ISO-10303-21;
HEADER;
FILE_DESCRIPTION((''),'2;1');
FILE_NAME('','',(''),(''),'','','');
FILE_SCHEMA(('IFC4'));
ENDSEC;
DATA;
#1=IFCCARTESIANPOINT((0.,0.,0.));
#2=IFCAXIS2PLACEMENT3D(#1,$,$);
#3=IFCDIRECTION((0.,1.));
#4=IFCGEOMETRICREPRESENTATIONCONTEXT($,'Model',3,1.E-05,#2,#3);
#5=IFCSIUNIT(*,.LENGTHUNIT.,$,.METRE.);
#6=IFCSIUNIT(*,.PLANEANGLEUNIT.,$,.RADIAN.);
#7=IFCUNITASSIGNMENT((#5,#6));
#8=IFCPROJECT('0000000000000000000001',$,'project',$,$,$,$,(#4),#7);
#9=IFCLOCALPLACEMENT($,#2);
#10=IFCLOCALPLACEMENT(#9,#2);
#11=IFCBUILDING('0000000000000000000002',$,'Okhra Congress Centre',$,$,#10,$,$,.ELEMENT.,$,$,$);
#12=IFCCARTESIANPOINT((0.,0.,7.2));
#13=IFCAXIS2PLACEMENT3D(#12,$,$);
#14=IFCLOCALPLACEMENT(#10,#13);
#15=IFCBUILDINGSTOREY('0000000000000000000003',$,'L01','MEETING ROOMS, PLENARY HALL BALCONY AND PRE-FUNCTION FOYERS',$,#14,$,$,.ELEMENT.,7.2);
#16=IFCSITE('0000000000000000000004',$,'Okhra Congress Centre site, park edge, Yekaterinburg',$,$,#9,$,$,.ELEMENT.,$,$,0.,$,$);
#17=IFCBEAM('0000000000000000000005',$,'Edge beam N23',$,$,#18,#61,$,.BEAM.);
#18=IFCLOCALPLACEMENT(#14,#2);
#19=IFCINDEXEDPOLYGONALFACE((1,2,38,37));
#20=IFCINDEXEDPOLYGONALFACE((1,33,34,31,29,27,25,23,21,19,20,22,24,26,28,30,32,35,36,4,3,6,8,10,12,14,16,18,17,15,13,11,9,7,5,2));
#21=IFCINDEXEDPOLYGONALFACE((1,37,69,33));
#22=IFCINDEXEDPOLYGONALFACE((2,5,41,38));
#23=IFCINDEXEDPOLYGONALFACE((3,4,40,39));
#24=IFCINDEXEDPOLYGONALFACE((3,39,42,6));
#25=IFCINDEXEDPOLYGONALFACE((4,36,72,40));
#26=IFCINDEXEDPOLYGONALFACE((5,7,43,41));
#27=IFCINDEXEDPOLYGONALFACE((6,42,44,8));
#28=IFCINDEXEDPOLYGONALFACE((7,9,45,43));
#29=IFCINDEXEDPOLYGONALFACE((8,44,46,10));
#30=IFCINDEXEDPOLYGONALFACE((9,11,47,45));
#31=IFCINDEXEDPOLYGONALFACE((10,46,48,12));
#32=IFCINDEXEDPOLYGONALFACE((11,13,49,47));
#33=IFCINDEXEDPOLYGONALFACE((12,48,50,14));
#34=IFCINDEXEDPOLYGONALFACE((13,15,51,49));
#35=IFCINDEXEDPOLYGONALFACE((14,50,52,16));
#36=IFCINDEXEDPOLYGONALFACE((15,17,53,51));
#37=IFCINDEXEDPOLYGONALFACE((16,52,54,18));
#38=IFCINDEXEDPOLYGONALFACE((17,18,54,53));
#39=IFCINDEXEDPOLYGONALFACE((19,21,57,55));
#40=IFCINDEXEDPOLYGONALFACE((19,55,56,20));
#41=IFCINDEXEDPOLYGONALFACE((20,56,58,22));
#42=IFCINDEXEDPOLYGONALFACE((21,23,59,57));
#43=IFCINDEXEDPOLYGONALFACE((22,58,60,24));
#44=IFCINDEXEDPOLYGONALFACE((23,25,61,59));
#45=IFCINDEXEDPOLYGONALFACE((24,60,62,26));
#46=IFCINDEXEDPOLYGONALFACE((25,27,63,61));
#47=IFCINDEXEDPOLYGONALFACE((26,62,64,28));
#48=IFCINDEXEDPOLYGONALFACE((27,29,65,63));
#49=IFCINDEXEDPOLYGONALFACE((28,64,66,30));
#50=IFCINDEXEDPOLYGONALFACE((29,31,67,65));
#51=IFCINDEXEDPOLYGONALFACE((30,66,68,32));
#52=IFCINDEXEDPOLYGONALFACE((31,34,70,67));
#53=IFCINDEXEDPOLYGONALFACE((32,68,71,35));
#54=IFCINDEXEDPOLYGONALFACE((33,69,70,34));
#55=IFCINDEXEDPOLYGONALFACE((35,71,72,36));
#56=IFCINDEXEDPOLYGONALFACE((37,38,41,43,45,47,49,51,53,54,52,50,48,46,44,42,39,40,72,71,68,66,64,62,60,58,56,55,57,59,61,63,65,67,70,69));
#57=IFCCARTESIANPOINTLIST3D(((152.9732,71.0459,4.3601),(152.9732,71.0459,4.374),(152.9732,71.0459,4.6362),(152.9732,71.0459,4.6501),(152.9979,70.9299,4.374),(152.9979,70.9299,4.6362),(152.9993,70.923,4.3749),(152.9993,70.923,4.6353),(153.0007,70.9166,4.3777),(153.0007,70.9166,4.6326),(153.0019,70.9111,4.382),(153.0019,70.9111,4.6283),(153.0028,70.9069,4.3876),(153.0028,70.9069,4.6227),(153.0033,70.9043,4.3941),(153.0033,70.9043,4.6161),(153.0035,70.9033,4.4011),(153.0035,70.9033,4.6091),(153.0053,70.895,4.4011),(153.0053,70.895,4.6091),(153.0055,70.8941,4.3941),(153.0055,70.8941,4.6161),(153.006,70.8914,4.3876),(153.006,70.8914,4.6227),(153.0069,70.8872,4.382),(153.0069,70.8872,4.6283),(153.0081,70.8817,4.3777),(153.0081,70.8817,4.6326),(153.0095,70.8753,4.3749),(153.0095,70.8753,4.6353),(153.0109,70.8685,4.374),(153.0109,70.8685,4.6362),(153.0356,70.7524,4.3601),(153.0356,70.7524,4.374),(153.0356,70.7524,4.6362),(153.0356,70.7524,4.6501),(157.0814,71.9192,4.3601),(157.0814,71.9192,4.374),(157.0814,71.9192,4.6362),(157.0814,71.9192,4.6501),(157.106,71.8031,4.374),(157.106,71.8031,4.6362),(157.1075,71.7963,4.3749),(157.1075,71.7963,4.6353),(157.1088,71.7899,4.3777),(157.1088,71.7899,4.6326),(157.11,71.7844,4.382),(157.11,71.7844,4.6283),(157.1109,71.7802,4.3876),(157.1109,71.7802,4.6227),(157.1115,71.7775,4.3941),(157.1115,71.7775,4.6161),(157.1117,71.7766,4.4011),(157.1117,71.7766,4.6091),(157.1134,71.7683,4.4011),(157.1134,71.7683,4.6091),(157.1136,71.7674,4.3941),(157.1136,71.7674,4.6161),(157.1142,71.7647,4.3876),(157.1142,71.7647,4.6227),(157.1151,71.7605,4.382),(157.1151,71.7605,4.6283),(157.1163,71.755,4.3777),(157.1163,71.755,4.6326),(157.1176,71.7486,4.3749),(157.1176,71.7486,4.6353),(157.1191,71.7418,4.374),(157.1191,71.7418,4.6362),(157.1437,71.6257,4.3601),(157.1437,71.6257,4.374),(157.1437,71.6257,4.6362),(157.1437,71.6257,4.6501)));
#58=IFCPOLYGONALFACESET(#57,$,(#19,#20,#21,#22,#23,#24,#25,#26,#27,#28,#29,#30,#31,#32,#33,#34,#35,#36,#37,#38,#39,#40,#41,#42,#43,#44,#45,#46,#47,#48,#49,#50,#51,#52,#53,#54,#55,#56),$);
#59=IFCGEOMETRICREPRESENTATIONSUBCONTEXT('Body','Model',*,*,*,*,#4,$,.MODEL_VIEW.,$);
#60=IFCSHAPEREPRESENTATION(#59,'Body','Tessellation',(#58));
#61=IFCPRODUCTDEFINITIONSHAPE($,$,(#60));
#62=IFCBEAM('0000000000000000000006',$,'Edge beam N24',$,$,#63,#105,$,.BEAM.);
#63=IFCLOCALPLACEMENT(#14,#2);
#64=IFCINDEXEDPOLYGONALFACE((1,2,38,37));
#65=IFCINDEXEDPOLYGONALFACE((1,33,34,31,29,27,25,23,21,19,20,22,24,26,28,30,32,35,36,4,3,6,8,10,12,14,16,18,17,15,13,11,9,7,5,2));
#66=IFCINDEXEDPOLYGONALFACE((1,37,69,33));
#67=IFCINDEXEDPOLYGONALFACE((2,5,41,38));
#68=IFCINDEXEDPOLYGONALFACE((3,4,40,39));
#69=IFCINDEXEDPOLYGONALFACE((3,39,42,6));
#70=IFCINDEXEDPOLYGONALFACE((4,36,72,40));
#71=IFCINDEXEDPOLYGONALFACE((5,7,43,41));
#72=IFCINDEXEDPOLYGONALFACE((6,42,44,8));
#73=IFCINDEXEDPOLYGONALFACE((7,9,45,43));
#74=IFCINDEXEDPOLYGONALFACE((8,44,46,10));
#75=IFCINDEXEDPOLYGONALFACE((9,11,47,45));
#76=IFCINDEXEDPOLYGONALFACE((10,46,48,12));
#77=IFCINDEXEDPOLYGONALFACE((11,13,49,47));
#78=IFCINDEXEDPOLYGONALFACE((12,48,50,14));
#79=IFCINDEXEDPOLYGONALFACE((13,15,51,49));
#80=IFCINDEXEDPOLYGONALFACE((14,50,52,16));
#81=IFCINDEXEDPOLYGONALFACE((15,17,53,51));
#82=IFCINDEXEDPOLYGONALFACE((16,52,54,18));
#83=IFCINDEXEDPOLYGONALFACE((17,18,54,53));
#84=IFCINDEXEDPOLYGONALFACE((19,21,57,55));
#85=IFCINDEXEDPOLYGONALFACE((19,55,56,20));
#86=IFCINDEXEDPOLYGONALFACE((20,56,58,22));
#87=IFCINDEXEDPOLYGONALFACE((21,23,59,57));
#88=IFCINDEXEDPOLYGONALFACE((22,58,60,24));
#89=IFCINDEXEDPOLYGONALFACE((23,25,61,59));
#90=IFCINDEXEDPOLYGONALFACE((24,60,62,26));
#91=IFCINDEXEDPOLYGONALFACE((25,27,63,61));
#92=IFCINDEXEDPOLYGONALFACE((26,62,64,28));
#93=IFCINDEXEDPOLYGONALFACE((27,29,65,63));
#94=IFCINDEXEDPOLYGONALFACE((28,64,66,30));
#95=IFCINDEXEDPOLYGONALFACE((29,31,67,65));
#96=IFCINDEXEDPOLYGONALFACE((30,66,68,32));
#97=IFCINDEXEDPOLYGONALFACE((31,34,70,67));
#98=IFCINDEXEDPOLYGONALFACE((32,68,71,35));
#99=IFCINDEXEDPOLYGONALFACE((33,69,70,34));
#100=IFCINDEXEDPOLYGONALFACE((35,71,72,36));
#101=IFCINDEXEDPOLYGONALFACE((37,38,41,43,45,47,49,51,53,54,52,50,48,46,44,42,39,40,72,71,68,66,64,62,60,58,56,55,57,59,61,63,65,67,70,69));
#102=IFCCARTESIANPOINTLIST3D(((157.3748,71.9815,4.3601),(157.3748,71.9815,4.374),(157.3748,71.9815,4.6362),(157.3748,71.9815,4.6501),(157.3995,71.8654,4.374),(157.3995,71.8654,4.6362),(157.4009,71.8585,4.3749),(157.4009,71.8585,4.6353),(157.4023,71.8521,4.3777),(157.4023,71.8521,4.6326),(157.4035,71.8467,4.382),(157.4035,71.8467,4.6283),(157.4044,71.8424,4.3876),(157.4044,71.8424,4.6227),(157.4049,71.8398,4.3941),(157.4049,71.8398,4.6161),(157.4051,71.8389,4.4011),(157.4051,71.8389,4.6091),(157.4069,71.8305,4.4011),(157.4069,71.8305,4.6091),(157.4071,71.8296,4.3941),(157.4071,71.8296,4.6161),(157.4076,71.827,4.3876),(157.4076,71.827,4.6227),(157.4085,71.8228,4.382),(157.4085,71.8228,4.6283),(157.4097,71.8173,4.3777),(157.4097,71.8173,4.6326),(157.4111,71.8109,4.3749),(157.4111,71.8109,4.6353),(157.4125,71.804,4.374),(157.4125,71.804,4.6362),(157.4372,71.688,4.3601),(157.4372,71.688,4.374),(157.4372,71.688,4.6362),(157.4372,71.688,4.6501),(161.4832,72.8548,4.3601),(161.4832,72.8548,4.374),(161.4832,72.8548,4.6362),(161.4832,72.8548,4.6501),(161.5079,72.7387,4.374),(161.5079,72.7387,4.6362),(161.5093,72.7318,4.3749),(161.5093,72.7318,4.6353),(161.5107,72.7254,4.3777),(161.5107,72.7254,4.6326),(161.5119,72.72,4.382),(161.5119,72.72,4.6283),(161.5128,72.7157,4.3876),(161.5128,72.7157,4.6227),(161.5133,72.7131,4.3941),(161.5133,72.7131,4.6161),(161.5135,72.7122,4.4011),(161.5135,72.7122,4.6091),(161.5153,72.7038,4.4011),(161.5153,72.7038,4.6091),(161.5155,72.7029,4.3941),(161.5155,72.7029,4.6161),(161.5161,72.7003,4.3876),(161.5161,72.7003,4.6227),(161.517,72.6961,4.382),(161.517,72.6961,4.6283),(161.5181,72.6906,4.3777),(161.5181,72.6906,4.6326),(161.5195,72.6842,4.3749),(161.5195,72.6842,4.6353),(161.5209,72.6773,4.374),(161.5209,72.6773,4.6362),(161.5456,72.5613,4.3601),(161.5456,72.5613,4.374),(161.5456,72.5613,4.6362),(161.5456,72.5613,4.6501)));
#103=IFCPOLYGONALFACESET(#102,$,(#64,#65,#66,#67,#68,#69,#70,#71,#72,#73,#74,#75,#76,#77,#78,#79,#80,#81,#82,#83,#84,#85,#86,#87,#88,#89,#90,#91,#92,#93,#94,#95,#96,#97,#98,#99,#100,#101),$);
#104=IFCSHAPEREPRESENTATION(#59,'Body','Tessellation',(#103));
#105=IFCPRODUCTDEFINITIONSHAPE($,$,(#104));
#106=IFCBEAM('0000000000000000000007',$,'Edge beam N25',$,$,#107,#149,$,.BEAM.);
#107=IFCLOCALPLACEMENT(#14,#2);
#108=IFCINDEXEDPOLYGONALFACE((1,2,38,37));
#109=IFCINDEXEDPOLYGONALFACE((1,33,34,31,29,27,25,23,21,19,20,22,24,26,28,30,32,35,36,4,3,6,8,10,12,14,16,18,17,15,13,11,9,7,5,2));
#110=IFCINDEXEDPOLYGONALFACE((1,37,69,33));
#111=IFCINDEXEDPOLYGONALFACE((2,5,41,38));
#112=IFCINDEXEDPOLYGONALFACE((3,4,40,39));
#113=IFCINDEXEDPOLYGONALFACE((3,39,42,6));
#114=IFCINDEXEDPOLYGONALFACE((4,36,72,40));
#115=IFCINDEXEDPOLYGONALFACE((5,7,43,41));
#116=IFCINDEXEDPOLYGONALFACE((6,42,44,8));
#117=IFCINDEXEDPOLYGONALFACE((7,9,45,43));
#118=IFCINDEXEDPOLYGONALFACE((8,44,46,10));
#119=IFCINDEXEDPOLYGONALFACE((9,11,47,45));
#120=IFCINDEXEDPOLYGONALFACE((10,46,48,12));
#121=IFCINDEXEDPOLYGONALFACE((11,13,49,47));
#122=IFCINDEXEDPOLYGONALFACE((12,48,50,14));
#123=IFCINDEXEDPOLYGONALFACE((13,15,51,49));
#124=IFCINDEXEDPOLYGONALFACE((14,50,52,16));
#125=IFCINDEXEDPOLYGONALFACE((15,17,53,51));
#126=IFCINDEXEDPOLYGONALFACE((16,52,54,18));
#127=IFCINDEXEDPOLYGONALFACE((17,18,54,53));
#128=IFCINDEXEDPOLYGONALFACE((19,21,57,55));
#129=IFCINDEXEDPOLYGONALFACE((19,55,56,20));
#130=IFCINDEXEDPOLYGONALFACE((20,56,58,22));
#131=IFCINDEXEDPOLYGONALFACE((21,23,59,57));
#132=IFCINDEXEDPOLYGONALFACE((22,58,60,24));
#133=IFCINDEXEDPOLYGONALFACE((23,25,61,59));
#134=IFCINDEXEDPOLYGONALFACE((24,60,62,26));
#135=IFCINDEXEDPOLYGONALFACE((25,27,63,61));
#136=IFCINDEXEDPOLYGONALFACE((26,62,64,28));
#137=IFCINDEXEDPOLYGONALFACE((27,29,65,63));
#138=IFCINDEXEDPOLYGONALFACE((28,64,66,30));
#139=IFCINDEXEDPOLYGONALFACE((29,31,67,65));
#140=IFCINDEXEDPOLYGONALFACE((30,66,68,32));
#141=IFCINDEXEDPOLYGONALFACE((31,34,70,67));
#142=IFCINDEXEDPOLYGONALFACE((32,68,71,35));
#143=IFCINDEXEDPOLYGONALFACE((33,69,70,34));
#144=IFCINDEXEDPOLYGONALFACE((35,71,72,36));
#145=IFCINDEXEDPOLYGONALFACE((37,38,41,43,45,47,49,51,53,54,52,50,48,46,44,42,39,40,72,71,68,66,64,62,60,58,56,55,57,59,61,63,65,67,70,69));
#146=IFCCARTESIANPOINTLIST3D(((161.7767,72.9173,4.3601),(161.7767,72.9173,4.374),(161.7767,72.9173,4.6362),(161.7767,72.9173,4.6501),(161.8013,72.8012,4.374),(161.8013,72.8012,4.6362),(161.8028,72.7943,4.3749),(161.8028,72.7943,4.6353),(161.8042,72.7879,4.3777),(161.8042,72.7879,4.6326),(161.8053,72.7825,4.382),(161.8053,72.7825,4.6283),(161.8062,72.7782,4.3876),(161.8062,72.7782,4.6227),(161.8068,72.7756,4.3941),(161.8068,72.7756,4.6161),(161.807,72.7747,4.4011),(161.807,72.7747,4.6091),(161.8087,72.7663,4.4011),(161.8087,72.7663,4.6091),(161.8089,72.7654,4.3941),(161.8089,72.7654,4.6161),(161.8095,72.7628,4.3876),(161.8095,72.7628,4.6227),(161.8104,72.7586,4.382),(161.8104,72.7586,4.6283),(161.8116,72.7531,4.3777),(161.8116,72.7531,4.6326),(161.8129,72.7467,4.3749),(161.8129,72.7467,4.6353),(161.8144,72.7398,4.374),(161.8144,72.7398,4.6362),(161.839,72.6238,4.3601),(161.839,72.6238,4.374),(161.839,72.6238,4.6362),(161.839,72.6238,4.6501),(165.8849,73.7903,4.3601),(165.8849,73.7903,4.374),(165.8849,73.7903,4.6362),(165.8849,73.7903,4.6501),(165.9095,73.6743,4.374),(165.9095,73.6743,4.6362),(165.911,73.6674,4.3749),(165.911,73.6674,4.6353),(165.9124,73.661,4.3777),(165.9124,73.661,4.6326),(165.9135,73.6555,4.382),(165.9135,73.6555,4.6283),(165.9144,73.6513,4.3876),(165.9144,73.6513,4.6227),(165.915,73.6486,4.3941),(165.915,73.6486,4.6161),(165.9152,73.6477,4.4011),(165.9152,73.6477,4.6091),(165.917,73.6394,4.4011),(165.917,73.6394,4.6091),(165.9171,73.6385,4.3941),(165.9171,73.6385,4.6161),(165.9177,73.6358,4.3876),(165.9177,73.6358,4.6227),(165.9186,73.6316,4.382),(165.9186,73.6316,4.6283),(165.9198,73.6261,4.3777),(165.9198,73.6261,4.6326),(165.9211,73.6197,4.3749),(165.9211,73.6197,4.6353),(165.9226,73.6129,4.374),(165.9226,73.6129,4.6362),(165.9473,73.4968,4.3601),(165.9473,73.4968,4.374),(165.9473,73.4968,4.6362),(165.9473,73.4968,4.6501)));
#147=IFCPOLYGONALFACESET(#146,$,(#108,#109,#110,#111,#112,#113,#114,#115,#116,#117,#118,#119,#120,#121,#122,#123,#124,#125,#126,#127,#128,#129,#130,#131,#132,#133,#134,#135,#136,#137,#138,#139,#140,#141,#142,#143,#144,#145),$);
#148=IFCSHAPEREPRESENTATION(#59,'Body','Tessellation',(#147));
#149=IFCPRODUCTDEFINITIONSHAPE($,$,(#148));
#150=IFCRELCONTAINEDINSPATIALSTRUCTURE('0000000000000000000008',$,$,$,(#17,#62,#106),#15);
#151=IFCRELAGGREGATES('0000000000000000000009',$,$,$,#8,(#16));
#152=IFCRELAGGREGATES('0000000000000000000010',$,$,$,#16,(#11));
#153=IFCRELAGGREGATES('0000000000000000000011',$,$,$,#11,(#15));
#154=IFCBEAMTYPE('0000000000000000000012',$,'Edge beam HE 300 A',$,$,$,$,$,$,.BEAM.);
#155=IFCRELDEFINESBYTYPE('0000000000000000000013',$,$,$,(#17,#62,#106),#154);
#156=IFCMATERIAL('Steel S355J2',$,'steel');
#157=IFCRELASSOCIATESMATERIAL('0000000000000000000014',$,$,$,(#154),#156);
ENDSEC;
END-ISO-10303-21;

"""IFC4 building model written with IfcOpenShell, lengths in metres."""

from ifc_helpers import new_model, si_unit, direction, frame, origin, origin_2d, place, context, subcontext, project, spatial, i_section, extrude, material, material_profile, profile_set, type_object, element, save


model = new_model("IFC4")

# Units and contexts
model_context = context("Model", 3, precision=1e-05, world=origin(), true_north=direction((0.0, 1.0)))
body_context = subcontext(model_context, "Body", "Model", "MODEL_VIEW")
ifc_project = project(units=[si_unit("LENGTHUNIT", "METRE"), si_unit("PLANEANGLEUNIT", "RADIAN")], contexts=[model_context])

# Site, building, storey
site_placement = place(None, origin())
site = spatial("IfcSite", under=ifc_project, at=site_placement, Name="Okhra Congress Centre site, park edge, Yekaterinburg", CompositionType="ELEMENT", RefElevation=0.0)
building_placement = place(site_placement, origin())
building = spatial("IfcBuilding", under=site, at=building_placement, Name="Okhra Congress Centre", CompositionType="ELEMENT")
storey_placement = place(building_placement, frame((0.0, 0.0, 7.2)))
storey = spatial("IfcBuildingStorey", under=building, at=storey_placement, Name="L01", Description="MEETING ROOMS, PLENARY HALL BALCONY AND PRE-FUNCTION FOYERS", CompositionType="ELEMENT", Elevation=7.2)

# Shared definitions
ifc_material_1 = material(Name="Steel S355J2", Category="steel")

# Beams
ifc_material_profile_1 = material_profile(ifc_material_1, i_section(OverallWidth=0.3, OverallDepth=0.29, WebThickness=0.0085, FlangeThickness=0.0139, FilletRadius=0.0271, at=origin_2d()), Name="HE 300 A")
ifc_profile_set_1 = profile_set([ifc_material_profile_1], Name="Steel S355J2")
beam_type = type_object("IfcBeamType", Name="Edge beam HE 300 A", PredefinedType="BEAM", material=ifc_profile_set_1)
for number, where, z_axis, x_axis, name in (
    (1, (153.0044, 70.8992, 4.5051), (0.978144, 0.207929, 0.0), (-0.207929, 0.978144, 0.0), "Edge beam N23"),
):
    element("IfcBeam", number, at=place(storey_placement, frame(where, z_axis=z_axis, x_axis=x_axis)), inside=storey, type_object=beam_type, Name=name, PredefinedType="BEAM", context=body_context, shape_type="SweptSolid", body=[
        extrude(i_section(OverallWidth=0.3, OverallDepth=0.29, WebThickness=0.0085, FlangeThickness=0.0139, FilletRadius=0.0271, at=origin_2d()), origin(), (0.0, 0.0, 1.0), 4.2),
    ])
beam_1_placement = place(storey_placement, frame((157.406, 71.8347, 4.5051), z_axis=(0.978146, 0.207917, 0.0), x_axis=(-0.207917, 0.978146, 0.0)))
element("IfcBeam", 2, at=beam_1_placement, inside=storey, type_object=beam_type, Name="Edge beam N24", PredefinedType="BEAM", context=body_context, shape_type="SweptSolid", body=[
    extrude(i_section(OverallWidth=0.3, OverallDepth=0.29, WebThickness=0.0085, FlangeThickness=0.0139, FilletRadius=0.0271, at=origin_2d()), origin(), (0.0, 0.0, 1.0), 4.2002),
])
beam_2_placement = place(storey_placement, frame((161.8079, 72.7705, 4.5051), z_axis=(0.978156, 0.207873, 0.0), x_axis=(-0.207873, 0.978156, 0.0)))
element("IfcBeam", 3, at=beam_2_placement, inside=storey, type_object=beam_type, Name="Edge beam N25", PredefinedType="BEAM", context=body_context, shape_type="SweptSolid", body=[
    extrude(i_section(OverallWidth=0.3, OverallDepth=0.29, WebThickness=0.0085, FlangeThickness=0.0139, FilletRadius=0.0271, at=origin_2d()), origin(), (0.0, 0.0, 1.0), 4.2),
])

save(model, "model.ifc")
